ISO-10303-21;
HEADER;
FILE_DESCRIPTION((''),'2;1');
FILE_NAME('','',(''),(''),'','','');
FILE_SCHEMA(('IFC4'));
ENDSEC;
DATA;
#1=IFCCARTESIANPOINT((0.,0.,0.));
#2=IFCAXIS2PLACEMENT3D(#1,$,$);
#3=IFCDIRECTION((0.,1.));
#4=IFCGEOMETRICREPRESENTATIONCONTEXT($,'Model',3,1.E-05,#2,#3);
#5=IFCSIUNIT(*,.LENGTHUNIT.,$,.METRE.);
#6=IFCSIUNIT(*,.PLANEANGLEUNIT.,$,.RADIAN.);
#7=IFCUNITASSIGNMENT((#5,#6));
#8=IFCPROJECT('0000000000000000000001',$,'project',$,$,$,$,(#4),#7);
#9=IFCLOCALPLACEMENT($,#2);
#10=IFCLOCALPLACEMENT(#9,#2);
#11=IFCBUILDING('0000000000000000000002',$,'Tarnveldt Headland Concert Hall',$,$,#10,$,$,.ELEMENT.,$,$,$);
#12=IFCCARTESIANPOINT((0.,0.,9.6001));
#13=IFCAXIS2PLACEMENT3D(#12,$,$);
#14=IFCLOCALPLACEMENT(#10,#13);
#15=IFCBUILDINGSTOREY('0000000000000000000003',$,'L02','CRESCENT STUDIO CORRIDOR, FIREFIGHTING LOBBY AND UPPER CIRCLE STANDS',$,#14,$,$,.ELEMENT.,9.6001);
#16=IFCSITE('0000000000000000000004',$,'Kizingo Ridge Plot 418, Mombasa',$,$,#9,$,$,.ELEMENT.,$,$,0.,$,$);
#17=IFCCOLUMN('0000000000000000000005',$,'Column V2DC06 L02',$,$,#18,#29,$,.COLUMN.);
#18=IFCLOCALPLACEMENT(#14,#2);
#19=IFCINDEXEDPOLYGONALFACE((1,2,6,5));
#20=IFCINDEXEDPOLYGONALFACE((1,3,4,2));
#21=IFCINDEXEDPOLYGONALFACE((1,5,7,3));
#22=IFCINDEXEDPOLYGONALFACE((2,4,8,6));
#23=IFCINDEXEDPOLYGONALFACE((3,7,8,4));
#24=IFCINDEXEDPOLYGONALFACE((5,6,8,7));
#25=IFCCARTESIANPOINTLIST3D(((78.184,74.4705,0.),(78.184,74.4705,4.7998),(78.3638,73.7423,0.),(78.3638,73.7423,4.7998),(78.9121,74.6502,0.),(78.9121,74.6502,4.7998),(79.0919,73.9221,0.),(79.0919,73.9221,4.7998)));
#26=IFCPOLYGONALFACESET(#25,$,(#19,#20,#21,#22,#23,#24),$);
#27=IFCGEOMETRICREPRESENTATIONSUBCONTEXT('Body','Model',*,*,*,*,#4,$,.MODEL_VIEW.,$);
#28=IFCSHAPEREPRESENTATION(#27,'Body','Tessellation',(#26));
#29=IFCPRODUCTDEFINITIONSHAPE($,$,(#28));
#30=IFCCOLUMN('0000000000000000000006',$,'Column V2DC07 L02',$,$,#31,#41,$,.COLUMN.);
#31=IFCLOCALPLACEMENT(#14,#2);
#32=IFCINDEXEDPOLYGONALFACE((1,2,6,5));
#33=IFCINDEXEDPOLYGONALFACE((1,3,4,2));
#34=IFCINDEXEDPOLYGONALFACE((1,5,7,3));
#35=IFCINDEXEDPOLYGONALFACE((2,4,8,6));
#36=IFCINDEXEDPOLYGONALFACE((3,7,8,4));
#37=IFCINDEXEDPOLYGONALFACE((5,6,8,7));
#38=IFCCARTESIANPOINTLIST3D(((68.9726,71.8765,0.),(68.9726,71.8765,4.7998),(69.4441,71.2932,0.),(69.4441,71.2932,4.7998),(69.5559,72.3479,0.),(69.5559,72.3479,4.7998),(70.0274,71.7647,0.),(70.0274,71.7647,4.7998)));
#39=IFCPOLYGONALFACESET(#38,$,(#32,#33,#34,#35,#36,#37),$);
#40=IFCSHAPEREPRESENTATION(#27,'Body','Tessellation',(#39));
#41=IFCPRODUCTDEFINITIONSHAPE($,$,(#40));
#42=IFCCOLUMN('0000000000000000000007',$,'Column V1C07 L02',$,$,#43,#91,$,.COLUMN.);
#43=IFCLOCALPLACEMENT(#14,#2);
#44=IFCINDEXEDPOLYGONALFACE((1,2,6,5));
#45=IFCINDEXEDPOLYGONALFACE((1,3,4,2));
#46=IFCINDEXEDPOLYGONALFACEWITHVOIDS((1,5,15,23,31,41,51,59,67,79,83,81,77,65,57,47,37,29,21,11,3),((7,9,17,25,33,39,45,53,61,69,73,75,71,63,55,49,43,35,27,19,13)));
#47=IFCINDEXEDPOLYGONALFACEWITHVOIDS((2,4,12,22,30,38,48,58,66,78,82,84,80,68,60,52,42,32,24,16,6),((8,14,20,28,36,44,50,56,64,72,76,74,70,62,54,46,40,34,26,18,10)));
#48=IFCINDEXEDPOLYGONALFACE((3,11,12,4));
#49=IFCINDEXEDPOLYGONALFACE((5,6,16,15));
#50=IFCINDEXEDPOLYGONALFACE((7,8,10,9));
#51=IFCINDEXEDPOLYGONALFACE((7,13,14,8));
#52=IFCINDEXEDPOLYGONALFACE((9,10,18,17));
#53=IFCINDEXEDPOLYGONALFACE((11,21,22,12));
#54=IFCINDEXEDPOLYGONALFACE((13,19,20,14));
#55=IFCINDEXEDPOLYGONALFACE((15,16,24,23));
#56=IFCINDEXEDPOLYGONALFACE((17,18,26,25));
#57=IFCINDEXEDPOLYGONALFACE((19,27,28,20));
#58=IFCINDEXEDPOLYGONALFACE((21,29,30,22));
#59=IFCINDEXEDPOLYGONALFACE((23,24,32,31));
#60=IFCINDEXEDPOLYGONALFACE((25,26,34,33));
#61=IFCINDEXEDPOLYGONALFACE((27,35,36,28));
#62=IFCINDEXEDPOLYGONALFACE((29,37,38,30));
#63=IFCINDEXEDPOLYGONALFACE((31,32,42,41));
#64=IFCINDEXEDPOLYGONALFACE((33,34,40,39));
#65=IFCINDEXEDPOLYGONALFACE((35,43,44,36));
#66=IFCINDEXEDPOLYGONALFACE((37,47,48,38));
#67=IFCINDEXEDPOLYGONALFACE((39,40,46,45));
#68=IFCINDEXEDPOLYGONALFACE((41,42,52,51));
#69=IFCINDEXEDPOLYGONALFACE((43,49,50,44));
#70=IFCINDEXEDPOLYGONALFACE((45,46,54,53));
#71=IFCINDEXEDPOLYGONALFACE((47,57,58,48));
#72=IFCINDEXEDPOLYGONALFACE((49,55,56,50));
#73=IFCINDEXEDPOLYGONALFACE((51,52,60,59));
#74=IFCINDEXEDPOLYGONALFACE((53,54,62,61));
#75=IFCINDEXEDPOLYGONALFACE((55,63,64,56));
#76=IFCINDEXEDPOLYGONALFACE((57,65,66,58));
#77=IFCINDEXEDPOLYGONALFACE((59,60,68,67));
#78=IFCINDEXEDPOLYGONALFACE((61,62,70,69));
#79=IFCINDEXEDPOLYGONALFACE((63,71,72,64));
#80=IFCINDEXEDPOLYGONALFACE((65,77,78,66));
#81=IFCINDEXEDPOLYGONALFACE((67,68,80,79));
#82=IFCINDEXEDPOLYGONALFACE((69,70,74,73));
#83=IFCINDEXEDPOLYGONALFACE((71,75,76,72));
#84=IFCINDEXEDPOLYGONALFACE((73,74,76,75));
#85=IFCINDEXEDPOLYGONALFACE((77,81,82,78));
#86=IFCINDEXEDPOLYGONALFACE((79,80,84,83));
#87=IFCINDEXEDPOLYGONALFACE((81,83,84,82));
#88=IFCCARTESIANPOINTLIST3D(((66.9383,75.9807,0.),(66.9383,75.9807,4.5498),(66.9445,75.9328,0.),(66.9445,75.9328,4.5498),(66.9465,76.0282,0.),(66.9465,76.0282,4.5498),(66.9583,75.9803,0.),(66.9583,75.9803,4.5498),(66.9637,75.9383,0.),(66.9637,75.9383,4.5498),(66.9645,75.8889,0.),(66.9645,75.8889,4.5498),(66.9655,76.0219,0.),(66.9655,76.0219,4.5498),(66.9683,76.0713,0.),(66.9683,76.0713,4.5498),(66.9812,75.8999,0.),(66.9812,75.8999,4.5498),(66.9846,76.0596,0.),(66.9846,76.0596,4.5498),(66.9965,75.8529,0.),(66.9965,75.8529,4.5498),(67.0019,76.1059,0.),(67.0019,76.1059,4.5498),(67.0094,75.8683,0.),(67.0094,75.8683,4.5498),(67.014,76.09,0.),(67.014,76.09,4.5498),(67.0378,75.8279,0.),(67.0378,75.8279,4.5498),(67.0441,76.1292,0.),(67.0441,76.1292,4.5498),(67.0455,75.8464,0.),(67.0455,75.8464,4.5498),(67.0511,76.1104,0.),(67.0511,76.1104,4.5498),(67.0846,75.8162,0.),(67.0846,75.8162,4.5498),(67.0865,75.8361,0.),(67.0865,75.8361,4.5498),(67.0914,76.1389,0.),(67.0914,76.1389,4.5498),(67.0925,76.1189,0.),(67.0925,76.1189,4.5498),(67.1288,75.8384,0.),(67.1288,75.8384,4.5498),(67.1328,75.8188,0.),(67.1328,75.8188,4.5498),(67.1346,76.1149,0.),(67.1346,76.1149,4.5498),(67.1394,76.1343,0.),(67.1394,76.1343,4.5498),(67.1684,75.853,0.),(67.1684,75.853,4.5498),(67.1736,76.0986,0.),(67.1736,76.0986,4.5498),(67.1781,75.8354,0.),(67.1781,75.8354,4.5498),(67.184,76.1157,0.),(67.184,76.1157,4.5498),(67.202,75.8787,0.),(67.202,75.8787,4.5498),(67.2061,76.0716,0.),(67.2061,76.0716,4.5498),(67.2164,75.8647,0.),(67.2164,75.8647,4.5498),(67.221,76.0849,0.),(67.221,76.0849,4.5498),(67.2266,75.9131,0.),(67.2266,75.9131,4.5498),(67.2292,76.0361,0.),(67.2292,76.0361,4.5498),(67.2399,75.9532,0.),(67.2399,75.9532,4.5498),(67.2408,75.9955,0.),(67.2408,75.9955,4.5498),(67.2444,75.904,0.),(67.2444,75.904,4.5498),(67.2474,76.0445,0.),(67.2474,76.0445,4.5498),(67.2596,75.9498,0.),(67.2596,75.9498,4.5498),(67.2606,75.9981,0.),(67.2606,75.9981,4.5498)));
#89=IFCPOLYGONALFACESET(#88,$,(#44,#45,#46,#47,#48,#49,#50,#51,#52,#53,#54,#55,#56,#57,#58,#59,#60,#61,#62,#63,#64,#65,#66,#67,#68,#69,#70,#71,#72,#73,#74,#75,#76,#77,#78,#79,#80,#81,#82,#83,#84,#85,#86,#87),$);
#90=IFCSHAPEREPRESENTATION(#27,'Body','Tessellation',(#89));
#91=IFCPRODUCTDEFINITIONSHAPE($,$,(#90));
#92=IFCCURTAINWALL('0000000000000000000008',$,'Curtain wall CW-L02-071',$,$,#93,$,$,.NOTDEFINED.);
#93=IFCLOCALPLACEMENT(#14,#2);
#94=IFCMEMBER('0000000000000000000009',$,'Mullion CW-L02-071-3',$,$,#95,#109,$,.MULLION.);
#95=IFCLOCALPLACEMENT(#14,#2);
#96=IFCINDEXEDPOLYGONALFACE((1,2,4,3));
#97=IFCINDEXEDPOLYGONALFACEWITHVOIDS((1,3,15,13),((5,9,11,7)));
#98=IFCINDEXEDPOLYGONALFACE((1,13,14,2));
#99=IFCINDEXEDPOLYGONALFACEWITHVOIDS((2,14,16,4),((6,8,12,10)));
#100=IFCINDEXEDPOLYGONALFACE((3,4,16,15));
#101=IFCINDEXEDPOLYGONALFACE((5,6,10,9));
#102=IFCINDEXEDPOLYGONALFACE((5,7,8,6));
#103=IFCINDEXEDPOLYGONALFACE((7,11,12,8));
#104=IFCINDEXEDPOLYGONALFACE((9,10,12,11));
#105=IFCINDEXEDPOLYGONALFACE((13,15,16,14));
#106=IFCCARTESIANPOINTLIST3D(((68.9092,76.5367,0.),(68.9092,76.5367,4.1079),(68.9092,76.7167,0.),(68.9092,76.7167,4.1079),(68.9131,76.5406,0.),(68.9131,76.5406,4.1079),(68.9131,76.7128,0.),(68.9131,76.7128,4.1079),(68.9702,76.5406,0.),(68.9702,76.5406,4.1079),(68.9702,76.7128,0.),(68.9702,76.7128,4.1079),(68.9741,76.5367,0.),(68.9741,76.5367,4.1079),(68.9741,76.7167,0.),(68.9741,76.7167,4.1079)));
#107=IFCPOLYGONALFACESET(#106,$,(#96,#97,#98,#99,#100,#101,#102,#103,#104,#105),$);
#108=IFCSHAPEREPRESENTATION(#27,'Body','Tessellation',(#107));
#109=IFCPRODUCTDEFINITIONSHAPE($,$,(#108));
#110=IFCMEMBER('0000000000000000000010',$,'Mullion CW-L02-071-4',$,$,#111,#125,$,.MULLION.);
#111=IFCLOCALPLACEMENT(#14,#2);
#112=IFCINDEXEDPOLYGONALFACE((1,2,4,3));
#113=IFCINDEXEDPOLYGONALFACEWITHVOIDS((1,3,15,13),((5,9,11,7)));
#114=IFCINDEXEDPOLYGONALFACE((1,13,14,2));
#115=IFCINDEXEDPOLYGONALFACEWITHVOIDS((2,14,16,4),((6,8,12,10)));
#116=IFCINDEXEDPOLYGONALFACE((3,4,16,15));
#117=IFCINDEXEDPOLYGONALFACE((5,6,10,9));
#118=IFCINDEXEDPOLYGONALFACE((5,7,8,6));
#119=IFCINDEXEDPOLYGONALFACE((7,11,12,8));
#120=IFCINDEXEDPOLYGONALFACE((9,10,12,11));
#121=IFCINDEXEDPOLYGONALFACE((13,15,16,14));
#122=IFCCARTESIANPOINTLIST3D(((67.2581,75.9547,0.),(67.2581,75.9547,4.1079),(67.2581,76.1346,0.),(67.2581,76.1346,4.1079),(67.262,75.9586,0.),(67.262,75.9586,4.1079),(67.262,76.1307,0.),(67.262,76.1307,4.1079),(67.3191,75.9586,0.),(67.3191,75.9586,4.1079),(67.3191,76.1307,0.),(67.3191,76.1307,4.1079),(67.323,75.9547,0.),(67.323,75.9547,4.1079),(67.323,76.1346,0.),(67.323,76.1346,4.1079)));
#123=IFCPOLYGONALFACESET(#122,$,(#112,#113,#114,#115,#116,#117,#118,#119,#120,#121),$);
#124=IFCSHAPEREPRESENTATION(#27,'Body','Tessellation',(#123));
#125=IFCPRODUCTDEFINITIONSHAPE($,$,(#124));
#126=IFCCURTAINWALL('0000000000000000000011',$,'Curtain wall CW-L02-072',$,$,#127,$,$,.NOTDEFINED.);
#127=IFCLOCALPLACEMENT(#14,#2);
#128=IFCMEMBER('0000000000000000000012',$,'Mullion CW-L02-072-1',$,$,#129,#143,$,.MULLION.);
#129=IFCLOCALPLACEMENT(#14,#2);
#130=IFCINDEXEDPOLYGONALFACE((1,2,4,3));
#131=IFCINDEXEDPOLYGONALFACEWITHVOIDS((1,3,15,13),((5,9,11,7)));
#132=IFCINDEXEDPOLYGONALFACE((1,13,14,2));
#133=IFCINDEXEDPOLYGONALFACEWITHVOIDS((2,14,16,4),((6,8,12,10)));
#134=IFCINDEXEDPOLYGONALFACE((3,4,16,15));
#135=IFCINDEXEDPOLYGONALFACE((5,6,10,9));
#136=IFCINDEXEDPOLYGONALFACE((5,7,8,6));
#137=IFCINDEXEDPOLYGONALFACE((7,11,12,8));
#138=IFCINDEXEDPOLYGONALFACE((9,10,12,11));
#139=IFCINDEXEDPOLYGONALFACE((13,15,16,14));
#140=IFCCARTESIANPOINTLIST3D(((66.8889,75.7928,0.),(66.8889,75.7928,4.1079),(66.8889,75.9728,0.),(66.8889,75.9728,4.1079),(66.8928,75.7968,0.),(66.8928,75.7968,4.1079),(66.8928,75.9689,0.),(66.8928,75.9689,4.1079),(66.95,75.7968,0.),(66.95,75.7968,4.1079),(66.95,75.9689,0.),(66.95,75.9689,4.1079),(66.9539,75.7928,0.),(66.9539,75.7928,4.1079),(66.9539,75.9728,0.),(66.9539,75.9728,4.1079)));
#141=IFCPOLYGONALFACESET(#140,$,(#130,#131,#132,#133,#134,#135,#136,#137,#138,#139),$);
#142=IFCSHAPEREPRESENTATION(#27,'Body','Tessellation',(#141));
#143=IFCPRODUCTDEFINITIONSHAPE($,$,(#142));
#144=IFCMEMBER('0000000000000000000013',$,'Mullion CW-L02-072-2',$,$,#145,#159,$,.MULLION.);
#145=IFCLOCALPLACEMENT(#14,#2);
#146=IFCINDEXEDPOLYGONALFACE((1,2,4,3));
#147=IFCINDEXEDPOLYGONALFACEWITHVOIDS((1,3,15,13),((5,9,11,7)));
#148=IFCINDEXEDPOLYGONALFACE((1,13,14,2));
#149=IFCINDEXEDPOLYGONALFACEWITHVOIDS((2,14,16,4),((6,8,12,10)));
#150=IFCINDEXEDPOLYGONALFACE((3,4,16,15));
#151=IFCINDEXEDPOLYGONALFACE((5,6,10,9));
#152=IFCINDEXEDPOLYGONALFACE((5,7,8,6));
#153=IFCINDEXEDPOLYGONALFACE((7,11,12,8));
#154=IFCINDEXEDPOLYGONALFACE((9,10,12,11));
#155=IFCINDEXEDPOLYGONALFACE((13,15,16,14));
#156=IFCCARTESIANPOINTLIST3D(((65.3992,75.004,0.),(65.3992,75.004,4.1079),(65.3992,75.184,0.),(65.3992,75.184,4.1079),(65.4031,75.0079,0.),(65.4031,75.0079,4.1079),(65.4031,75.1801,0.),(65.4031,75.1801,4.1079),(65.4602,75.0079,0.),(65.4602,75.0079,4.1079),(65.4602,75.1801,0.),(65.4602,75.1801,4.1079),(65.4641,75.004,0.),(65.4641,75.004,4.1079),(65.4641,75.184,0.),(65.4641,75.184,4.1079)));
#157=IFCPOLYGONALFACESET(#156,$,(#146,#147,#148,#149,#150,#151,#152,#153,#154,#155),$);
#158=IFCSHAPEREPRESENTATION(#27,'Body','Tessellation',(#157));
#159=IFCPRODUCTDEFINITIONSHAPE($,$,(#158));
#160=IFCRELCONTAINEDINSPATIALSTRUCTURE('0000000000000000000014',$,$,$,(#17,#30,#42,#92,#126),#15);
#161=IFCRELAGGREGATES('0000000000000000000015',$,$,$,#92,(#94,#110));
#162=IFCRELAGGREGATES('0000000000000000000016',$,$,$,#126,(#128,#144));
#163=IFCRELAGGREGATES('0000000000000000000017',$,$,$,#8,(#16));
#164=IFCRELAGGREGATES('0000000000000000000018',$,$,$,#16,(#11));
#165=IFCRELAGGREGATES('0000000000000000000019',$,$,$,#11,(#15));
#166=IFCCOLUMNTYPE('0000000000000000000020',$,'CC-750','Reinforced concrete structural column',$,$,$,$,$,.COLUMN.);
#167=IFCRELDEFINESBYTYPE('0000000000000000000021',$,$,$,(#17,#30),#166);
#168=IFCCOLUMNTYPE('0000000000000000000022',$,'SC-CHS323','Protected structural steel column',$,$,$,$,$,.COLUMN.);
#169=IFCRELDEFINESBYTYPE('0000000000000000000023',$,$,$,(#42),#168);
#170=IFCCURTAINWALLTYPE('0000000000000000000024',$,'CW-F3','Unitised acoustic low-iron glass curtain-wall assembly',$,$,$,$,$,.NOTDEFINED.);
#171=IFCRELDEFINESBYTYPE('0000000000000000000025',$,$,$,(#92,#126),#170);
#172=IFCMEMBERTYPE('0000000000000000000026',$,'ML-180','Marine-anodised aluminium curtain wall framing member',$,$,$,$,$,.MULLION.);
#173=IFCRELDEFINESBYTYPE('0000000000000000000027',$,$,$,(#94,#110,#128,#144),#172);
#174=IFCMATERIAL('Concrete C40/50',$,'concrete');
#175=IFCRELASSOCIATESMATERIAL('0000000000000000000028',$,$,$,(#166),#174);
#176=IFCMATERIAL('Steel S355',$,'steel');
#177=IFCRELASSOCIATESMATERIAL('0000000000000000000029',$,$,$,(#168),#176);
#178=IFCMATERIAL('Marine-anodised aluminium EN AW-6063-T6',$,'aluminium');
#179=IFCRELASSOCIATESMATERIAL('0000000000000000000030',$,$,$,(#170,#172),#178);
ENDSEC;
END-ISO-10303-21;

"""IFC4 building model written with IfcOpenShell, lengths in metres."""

from ifc_helpers import new_model, si_unit, direction, frame, origin, origin_2d, place, context, subcontext, project, spatial, rectangle, hollow_rectangle, hollow_circle, extrude, material, material_profile, profile_set, type_object, element, aggregate, save


model = new_model("IFC4")

# Units and contexts
model_context = context("Model", 3, precision=1e-05, world=origin(), true_north=direction((0.0, 1.0)))
body_context = subcontext(model_context, "Body", "Model", "MODEL_VIEW")
ifc_project = project(units=[si_unit("LENGTHUNIT", "METRE"), si_unit("PLANEANGLEUNIT", "RADIAN")], contexts=[model_context])

# Site, building, storey
site_placement = place(None, origin())
site = spatial("IfcSite", under=ifc_project, at=site_placement, Name="Kizingo Ridge Plot 418, Mombasa", CompositionType="ELEMENT", RefElevation=0.0)
building_placement = place(site_placement, origin())
building = spatial("IfcBuilding", under=site, at=building_placement, Name="Tarnveldt Headland Concert Hall", CompositionType="ELEMENT")
storey_placement = place(building_placement, frame((0.0, 0.0, 9.6001)))
storey = spatial("IfcBuildingStorey", under=building, at=storey_placement, Name="L02", Description="CRESCENT STUDIO CORRIDOR, FIREFIGHTING LOBBY AND UPPER CIRCLE STANDS", CompositionType="ELEMENT", Elevation=9.6001)

# Columns
ifc_material_1 = material(Name="Concrete C40/50", Category="concrete")
ifc_material_profile_1 = material_profile(ifc_material_1, rectangle(XDim=0.75, YDim=0.75, at=origin_2d()), Name="RC 750x750", Category="concrete")
ifc_profile_set_1 = profile_set([ifc_material_profile_1], Name="Concrete C40/50")
column_type_1 = type_object("IfcColumnType", Name="CC-750", Description="Reinforced concrete structural column", PredefinedType="COLUMN", material=ifc_profile_set_1)
for number, where, z_axis, x_axis, name in (
    (1, (78.6379, 74.1963, 0.0), (0.0, 0.0, 1.0), (-0.23972, 0.970842, 0.0), "Column V2DC06 L02"),
    (2, (69.5, 71.8206, 0.0), (0.0, 0.0, 1.0), (-0.628642, 0.777695, 0.0), "Column V2DC07 L02"),
):
    element("IfcColumn", number, at=place(storey_placement, frame(where, z_axis=z_axis, x_axis=x_axis)), inside=storey, type_object=column_type_1, Name=name, PredefinedType="COLUMN", context=body_context, shape_type="SweptSolid", body=[
        extrude(rectangle(XDim=0.75, YDim=0.75, at=origin_2d()), origin(), (0.0, 0.0, 1.0), 4.7998),
    ])
ifc_material_2 = material(Name="Steel S355", Category="steel")
ifc_material_profile_2 = material_profile(ifc_material_2, hollow_circle(Radius=0.1619, WallThickness=0.02, at=origin_2d()), Name="CHS 323.9x20", Category="steel")
ifc_profile_set_2 = profile_set([ifc_material_profile_2], Name="Steel S355")
column_type_2 = type_object("IfcColumnType", Name="SC-CHS323", Description="Protected structural steel column", PredefinedType="COLUMN", material=ifc_profile_set_2)
column_placement = place(storey_placement, frame((67.1001, 75.9773, 0.0), z_axis=(0.0, 0.0, 1.0), x_axis=(-0.60696, 0.794733, 0.0)))
element("IfcColumn", 3, at=column_placement, inside=storey, type_object=column_type_2, Name="Column V1C07 L02", PredefinedType="COLUMN", context=body_context, shape_type="SweptSolid", body=[
    extrude(hollow_circle(Radius=0.1619, WallThickness=0.02, at=origin_2d()), origin(), (0.0, 0.0, 1.0), 4.5498),
])

# Curtain walls, members
ifc_material_3 = material(Name="Marine-anodised aluminium EN AW-6063-T6", Category="aluminium")
curtain_wall_type = type_object("IfcCurtainWallType", Name="CW-F3", Description="Unitised acoustic low-iron glass curtain-wall assembly", PredefinedType="NOTDEFINED", material=ifc_material_3)
curtain_wall_1_placement = place(storey_placement, origin())
curtain_wall_1 = element("IfcCurtainWall", 4, at=curtain_wall_1_placement, inside=storey, type_object=curtain_wall_type, Name="Curtain wall CW-L02-071", PredefinedType="NOTDEFINED")
ifc_material_profile_3 = material_profile(ifc_material_3, hollow_rectangle(XDim=0.0649, YDim=0.1799, WallThickness=0.0039, at=origin_2d()), Name="ALU MULLION 65x180x4", Category="aluminium")
ifc_profile_set_3 = profile_set([ifc_material_profile_3], Name="Marine-anodised aluminium EN AW-6063-T6")
member_type_1 = type_object("IfcMemberType", Name="ML-180", Description="Marine-anodised aluminium curtain wall framing member", PredefinedType="MULLION", material=ifc_profile_set_3)
member_1_placement = place(storey_placement, frame((68.9417, 76.6267, 0.0), z_axis=(0.0, 0.0, 1.0), x_axis=(1.0, 0.0, 0.0)))
member_1 = element("IfcMember", 5, at=member_1_placement, type_object=member_type_1, Name="Mullion CW-L02-071-3", PredefinedType="MULLION", context=body_context, shape_type="SweptSolid", body=[
    extrude(hollow_rectangle(XDim=0.0649, YDim=0.1799, WallThickness=0.0039, at=origin_2d()), origin(), (0.0, 0.0, 1.0), 4.1079),
])
member_2_placement = place(storey_placement, frame((67.2905, 76.0447, 0.0), z_axis=(0.0, 0.0, 1.0), x_axis=(1.0, 0.0, 0.0)))
member_2 = element("IfcMember", 6, at=member_2_placement, type_object=member_type_1, Name="Mullion CW-L02-071-4", PredefinedType="MULLION", context=body_context, shape_type="SweptSolid", body=[
    extrude(hollow_rectangle(XDim=0.0649, YDim=0.1799, WallThickness=0.0039, at=origin_2d()), origin(), (0.0, 0.0, 1.0), 4.1079),
])
curtain_wall_2_placement = place(storey_placement, origin())
curtain_wall_2 = element("IfcCurtainWall", 7, at=curtain_wall_2_placement, inside=storey, type_object=curtain_wall_type, Name="Curtain wall CW-L02-072", PredefinedType="NOTDEFINED")
member_3_placement = place(storey_placement, frame((66.9214, 75.8828, 0.0), z_axis=(0.0, 0.0, 1.0), x_axis=(1.0, 0.0, 0.0)))
member_3 = element("IfcMember", 8, at=member_3_placement, type_object=member_type_1, Name="Mullion CW-L02-072-1", PredefinedType="MULLION", context=body_context, shape_type="SweptSolid", body=[
    extrude(hollow_rectangle(XDim=0.0649, YDim=0.1799, WallThickness=0.0039, at=origin_2d()), origin(), (0.0, 0.0, 1.0), 4.1079),
])
member_4_placement = place(storey_placement, frame((65.4316, 75.094, 0.0), z_axis=(0.0, 0.0, 1.0), x_axis=(1.0, 0.0, 0.0)))
member_4 = element("IfcMember", 9, at=member_4_placement, type_object=member_type_1, Name="Mullion CW-L02-072-2", PredefinedType="MULLION", context=body_context, shape_type="SweptSolid", body=[
    extrude(hollow_rectangle(XDim=0.0649, YDim=0.1799, WallThickness=0.0039, at=origin_2d()), origin(), (0.0, 0.0, 1.0), 4.1079),
])

aggregate(curtain_wall_1, [member_1, member_2])
aggregate(curtain_wall_2, [member_3, member_4])

save(model, "model.ifc")
